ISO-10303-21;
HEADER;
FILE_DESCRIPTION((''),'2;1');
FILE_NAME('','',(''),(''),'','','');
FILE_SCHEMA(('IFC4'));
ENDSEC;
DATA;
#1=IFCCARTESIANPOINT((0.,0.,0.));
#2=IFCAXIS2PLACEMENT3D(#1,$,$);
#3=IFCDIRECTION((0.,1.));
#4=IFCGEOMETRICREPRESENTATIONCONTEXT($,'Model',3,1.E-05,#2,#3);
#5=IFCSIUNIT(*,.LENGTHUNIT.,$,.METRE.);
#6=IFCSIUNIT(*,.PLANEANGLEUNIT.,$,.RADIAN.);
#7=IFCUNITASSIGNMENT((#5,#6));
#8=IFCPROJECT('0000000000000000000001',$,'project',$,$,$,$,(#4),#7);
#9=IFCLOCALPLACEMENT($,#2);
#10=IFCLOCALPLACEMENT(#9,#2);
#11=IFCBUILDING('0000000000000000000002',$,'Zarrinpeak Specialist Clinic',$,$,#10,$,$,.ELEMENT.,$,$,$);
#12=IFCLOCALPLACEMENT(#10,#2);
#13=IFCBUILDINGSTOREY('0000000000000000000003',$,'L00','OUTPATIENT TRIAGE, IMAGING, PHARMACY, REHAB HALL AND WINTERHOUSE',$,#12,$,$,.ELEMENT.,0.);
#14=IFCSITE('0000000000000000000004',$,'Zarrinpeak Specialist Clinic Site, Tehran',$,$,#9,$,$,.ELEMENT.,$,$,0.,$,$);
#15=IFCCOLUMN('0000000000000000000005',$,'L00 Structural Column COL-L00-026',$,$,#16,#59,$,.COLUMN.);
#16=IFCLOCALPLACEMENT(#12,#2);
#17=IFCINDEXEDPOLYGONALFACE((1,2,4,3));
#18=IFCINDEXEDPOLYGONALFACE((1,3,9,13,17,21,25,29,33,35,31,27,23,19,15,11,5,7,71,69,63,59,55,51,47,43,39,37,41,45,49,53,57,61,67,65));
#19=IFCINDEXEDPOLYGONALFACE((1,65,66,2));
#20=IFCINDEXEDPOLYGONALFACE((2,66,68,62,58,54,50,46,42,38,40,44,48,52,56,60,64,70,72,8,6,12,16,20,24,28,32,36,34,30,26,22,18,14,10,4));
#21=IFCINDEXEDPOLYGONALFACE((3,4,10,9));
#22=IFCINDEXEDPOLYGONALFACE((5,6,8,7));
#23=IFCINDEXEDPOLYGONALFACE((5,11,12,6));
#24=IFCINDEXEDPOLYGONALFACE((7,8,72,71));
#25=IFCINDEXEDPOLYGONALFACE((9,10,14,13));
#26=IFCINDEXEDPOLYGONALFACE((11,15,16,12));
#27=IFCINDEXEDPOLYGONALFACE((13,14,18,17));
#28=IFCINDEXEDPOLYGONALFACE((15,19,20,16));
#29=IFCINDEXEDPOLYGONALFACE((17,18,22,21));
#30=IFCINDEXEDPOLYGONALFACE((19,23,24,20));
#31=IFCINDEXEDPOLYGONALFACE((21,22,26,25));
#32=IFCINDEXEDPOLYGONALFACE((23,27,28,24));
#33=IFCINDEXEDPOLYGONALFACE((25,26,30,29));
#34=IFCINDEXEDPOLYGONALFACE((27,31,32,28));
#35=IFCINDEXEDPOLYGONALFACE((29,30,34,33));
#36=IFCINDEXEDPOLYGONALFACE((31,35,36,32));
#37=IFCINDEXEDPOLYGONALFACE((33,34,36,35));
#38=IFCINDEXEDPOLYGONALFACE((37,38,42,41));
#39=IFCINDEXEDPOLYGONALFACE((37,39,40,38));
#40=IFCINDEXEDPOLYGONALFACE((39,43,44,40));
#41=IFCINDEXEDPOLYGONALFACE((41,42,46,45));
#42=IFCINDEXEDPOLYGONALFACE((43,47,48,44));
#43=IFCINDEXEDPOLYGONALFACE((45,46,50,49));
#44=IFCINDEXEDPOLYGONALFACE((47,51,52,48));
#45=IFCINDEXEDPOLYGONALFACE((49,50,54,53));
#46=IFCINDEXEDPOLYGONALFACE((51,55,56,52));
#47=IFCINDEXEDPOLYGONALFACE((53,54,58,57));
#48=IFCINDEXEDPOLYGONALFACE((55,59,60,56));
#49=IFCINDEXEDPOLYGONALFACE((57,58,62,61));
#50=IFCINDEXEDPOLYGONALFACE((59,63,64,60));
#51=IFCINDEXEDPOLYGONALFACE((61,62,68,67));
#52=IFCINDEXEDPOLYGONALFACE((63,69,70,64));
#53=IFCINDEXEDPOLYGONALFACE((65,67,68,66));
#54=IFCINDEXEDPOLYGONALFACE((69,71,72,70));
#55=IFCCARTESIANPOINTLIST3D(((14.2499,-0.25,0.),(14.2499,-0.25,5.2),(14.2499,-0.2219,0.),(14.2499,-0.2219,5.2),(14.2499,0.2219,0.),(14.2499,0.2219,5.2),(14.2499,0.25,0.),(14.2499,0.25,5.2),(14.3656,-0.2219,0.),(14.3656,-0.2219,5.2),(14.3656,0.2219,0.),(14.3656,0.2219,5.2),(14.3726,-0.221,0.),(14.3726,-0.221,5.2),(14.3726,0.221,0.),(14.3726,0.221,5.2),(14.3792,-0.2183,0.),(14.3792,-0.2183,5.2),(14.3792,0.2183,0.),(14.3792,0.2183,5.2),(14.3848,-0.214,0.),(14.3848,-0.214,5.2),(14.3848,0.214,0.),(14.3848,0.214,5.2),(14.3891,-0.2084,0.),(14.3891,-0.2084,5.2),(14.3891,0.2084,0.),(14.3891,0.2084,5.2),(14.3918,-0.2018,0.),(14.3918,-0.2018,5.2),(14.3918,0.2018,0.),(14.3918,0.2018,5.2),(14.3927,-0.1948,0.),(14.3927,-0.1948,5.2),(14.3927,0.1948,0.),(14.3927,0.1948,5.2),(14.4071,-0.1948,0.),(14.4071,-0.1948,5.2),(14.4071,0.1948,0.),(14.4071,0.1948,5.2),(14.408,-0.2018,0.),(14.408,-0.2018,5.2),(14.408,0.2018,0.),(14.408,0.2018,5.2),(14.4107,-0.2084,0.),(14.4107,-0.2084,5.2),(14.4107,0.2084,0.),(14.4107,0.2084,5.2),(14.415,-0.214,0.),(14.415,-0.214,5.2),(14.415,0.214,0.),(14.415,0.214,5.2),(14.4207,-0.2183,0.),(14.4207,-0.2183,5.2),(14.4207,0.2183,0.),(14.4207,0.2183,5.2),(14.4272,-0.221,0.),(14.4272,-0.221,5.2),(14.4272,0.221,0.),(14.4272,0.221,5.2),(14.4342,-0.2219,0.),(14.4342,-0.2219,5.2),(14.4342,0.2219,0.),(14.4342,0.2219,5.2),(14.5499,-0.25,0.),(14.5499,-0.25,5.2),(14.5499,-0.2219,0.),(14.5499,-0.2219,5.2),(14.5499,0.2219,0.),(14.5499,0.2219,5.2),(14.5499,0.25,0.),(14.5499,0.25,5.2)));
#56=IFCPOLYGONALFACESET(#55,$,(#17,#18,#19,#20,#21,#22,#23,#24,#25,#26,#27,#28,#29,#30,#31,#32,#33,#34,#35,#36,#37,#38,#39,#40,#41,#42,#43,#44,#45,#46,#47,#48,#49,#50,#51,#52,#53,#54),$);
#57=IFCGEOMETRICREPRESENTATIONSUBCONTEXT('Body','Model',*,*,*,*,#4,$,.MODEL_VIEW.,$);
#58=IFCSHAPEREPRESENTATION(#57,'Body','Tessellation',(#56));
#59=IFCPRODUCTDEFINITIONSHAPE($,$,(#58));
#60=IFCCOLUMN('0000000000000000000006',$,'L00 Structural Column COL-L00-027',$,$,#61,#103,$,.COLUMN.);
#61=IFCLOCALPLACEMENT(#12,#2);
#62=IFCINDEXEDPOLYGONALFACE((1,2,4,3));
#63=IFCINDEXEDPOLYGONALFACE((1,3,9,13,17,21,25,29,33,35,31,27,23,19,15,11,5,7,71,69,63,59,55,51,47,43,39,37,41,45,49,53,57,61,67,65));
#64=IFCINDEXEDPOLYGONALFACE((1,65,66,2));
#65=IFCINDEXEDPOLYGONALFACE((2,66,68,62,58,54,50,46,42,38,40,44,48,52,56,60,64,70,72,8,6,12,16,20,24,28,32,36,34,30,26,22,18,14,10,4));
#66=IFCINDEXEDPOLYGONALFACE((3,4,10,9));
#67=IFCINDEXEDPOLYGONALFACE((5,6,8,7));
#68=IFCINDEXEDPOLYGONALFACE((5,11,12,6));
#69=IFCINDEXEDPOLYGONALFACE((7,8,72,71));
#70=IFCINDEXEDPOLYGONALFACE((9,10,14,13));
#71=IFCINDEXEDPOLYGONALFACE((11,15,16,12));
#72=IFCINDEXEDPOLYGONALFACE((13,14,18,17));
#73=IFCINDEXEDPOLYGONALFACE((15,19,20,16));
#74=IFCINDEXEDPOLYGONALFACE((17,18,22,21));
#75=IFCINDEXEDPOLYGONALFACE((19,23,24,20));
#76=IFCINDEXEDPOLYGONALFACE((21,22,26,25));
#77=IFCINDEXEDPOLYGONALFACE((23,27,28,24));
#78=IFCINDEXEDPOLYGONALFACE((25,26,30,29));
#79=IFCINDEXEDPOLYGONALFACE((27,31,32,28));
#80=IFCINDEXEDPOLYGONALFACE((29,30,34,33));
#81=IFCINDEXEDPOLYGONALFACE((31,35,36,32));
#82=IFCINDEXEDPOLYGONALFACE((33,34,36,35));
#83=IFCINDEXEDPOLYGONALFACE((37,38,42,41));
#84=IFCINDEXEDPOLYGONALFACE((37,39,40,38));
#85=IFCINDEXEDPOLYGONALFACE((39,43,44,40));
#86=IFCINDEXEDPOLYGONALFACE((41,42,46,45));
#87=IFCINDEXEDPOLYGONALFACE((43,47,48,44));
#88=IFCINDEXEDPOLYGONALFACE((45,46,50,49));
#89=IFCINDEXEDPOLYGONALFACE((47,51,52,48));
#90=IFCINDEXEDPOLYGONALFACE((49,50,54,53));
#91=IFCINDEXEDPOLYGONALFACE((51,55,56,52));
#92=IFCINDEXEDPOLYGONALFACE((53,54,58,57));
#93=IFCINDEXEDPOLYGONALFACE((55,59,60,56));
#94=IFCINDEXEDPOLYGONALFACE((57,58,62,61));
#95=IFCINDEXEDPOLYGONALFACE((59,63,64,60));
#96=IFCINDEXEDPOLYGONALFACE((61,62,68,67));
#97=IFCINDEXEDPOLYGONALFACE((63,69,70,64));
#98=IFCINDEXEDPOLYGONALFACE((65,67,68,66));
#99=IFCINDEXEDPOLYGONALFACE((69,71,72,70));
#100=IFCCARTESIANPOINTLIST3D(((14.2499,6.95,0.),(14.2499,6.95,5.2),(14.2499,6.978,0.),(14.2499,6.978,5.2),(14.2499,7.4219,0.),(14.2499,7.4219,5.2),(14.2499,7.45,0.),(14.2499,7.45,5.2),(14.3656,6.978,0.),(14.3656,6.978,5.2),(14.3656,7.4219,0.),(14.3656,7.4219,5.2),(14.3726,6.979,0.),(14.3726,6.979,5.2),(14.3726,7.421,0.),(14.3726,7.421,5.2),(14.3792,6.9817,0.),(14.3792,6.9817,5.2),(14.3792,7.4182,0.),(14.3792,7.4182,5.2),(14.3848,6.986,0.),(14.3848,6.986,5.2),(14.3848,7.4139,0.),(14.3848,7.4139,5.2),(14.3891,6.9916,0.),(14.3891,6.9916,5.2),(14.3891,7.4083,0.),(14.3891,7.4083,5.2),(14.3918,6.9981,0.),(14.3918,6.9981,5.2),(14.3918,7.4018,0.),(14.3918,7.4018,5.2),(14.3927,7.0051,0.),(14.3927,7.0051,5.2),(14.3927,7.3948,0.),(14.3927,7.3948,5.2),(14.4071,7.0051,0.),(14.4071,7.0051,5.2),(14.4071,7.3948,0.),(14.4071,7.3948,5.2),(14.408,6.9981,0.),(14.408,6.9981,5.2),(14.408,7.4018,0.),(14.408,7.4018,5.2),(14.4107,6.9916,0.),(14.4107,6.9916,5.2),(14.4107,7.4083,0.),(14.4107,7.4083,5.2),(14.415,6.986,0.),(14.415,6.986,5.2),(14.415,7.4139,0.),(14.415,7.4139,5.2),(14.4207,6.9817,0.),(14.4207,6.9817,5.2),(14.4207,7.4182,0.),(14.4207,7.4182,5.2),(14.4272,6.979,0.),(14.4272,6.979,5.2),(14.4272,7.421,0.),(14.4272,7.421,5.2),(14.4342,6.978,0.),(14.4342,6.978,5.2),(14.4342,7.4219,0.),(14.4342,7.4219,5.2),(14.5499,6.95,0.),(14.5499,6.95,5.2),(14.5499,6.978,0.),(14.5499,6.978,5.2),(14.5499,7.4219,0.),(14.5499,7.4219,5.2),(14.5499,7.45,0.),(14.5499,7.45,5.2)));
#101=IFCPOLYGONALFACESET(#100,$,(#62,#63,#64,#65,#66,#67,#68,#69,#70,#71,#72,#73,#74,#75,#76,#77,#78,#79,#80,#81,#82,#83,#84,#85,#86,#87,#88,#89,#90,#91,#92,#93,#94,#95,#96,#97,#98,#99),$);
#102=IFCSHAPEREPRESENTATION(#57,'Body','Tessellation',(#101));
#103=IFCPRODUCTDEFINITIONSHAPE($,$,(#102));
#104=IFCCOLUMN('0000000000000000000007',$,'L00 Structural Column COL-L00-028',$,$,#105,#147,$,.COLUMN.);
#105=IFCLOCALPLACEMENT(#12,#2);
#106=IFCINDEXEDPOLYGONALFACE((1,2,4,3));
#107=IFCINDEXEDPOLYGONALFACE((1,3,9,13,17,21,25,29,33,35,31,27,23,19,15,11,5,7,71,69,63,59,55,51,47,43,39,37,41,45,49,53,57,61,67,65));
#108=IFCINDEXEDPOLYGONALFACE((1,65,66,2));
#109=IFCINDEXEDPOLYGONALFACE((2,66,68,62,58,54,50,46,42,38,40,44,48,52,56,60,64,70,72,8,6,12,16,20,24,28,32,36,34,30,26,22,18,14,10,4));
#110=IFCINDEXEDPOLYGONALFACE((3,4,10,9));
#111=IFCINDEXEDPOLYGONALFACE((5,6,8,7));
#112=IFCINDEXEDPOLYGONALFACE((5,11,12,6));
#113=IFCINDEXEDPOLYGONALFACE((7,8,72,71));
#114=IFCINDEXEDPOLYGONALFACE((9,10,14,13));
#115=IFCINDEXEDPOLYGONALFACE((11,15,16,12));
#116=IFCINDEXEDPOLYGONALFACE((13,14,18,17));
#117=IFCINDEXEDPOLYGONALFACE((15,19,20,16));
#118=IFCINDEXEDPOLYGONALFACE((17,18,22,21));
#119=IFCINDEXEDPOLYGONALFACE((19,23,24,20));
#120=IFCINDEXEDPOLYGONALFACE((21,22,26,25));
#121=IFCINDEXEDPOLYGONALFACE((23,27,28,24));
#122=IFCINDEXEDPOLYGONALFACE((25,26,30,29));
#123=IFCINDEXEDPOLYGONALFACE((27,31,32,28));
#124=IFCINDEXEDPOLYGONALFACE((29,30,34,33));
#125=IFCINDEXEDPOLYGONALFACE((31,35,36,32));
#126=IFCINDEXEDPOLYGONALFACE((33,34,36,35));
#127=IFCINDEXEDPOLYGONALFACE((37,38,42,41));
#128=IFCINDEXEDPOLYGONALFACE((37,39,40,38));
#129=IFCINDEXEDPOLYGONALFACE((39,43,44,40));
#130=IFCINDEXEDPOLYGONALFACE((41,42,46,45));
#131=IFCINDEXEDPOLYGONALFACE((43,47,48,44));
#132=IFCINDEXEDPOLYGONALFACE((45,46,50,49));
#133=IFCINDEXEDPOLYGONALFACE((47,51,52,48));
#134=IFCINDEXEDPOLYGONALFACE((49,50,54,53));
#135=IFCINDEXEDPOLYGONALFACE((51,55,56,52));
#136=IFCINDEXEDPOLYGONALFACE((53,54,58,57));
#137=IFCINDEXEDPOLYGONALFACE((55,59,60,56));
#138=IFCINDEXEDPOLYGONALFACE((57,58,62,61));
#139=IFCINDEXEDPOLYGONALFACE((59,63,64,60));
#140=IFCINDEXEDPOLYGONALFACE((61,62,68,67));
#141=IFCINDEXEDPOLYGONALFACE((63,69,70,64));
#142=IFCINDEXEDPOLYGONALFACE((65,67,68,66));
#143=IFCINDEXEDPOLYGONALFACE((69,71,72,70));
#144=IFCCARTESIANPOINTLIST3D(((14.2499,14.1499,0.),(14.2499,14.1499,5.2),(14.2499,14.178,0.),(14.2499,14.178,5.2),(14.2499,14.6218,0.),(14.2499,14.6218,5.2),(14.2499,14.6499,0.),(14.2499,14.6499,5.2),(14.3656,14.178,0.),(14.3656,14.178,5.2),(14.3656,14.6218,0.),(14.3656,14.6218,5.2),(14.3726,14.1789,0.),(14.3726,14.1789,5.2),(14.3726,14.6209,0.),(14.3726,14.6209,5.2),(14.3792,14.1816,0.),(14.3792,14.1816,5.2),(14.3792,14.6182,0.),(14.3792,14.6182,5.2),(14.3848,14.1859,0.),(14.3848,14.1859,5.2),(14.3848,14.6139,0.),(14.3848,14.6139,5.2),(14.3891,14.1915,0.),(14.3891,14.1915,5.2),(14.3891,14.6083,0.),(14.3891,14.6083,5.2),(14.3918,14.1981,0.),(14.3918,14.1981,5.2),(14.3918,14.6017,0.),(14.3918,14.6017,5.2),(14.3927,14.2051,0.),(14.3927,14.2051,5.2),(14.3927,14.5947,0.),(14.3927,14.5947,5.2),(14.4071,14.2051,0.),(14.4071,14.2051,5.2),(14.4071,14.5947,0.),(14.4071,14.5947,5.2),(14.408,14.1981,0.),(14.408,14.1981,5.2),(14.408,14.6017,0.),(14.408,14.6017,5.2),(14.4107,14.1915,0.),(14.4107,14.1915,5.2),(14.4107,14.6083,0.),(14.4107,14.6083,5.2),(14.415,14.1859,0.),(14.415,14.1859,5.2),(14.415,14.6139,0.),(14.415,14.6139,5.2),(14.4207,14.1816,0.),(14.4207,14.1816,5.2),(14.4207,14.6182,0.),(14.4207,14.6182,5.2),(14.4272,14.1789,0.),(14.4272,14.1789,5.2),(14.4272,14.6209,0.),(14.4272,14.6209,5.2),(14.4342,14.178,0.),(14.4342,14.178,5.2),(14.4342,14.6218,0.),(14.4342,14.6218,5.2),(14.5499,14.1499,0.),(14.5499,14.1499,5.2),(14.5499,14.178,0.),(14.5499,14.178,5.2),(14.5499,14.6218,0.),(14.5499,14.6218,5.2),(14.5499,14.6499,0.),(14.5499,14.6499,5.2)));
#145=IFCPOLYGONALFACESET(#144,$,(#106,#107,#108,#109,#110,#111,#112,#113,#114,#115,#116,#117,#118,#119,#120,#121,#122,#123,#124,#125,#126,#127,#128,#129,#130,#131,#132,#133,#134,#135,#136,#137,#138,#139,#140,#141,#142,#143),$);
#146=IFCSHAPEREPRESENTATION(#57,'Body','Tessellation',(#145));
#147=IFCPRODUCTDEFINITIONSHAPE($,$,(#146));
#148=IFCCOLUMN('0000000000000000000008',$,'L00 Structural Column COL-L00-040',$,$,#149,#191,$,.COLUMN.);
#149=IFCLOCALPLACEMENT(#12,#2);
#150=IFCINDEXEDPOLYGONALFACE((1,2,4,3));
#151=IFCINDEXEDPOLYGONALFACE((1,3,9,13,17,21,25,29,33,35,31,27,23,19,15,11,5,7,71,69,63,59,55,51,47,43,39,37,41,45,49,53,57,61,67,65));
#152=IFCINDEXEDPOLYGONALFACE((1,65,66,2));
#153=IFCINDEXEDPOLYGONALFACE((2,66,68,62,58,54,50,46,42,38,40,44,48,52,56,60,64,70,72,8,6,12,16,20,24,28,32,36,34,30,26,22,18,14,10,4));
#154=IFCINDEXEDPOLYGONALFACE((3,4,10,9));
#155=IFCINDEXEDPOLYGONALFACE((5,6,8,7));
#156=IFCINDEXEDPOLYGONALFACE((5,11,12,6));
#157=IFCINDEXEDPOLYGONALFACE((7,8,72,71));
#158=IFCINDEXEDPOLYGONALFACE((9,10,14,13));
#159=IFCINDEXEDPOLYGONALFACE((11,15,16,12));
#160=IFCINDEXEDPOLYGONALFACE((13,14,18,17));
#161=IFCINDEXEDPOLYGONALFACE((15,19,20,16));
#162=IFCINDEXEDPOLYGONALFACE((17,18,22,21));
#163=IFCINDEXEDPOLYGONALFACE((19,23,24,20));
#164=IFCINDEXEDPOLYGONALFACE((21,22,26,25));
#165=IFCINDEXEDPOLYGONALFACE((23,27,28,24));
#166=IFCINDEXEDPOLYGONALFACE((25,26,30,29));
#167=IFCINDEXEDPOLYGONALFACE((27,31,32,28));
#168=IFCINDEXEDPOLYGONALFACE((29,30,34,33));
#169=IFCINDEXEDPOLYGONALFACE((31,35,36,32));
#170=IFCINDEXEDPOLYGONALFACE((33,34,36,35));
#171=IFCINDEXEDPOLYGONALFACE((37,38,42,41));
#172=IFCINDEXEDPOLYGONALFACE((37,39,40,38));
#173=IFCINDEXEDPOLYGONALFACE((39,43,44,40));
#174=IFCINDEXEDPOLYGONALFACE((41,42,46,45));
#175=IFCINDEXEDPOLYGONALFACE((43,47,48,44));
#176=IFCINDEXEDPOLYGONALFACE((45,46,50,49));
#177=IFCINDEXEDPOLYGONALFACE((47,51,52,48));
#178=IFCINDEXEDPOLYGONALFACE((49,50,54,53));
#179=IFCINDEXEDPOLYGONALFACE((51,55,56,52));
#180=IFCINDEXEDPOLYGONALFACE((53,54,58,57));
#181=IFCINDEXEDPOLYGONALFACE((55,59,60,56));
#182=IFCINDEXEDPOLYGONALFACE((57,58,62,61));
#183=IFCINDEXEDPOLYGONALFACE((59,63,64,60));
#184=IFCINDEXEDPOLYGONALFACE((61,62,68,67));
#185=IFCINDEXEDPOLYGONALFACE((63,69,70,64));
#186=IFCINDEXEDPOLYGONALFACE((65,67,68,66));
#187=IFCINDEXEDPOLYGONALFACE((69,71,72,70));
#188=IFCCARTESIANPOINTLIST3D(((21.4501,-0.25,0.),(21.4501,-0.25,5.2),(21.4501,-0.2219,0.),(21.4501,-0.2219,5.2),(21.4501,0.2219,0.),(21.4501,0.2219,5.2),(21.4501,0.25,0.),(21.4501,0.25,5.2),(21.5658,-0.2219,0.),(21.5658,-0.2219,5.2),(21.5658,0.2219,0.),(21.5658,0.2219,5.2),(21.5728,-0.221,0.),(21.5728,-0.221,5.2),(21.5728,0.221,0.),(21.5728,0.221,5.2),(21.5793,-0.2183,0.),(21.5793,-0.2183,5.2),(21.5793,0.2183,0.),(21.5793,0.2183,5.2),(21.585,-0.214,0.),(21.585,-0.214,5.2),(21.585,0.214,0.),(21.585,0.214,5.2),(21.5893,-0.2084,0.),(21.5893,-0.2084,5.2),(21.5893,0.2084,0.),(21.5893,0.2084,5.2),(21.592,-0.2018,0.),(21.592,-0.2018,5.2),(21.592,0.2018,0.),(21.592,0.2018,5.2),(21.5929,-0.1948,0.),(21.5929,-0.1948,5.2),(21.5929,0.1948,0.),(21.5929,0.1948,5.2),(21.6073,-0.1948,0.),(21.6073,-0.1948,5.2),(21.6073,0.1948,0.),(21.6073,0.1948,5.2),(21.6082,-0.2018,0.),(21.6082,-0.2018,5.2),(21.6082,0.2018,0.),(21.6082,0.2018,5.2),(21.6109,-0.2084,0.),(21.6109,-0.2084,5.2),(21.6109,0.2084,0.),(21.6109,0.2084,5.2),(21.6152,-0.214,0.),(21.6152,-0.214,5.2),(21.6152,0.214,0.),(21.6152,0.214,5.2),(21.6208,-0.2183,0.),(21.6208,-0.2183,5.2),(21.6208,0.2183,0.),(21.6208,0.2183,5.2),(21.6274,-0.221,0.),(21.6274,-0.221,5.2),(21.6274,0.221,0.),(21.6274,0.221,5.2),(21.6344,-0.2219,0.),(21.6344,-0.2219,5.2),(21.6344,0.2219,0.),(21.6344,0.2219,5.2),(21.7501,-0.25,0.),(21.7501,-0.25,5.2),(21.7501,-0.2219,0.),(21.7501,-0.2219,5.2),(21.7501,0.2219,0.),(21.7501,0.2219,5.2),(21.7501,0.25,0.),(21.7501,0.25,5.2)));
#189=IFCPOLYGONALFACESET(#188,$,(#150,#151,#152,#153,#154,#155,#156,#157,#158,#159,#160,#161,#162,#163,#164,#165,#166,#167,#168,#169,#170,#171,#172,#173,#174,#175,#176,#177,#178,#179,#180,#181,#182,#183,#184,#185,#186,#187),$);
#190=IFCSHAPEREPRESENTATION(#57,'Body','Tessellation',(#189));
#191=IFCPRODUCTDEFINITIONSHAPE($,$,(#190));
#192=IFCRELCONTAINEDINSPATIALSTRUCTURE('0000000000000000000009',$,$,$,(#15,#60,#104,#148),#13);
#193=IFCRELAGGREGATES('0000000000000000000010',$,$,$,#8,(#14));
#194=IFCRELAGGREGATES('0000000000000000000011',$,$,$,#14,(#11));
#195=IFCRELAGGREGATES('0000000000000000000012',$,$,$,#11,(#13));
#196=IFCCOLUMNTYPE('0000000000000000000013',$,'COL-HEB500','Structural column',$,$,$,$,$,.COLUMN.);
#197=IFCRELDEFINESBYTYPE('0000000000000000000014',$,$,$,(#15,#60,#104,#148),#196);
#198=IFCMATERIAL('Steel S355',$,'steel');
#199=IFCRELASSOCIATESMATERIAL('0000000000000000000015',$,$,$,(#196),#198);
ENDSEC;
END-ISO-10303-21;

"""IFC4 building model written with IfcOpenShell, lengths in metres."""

from ifc_helpers import new_model, si_unit, direction, frame, origin, origin_2d, place, context, subcontext, project, spatial, i_section, extrude, material, material_profile, profile_set, type_object, element, save


model = new_model("IFC4")

# Units and contexts
model_context = context("Model", 3, precision=1e-05, world=origin(), true_north=direction((0.0, 1.0)))
body_context = subcontext(model_context, "Body", "Model", "MODEL_VIEW")
ifc_project = project(units=[si_unit("LENGTHUNIT", "METRE"), si_unit("PLANEANGLEUNIT", "RADIAN")], contexts=[model_context])

# Site, building, storey
site_placement = place(None, origin())
site = spatial("IfcSite", under=ifc_project, at=site_placement, Name="Zarrinpeak Specialist Clinic Site, Tehran", CompositionType="ELEMENT", RefElevation=0.0)
building_placement = place(site_placement, origin())
building = spatial("IfcBuilding", under=site, at=building_placement, Name="Zarrinpeak Specialist Clinic", CompositionType="ELEMENT")
storey_placement = place(building_placement, origin())
storey = spatial("IfcBuildingStorey", under=building, at=storey_placement, Name="L00", Description="OUTPATIENT TRIAGE, IMAGING, PHARMACY, REHAB HALL AND WINTERHOUSE", CompositionType="ELEMENT", Elevation=0.0)

# Columns
ifc_material_1 = material(Name="Steel S355", Category="steel")
ifc_material_profile_1 = material_profile(ifc_material_1, i_section(OverallWidth=0.3, OverallDepth=0.5, WebThickness=0.0144, FlangeThickness=0.0281, FilletRadius=0.0271, at=origin_2d()), Name="HEB 500")
ifc_profile_set_1 = profile_set([ifc_material_profile_1], Name="Steel S355")
column_type = type_object("IfcColumnType", Name="COL-HEB500", Description="Structural column", PredefinedType="COLUMN", material=ifc_profile_set_1)
for number, where, z_axis, x_axis, name in (
    (1, (14.3999, 0.0, 0.0), (0.0, 0.0, 1.0), (1.0, 0.0, 0.0), "L00 Structural Column COL-L00-026"),
    (2, (14.3999, 7.2, 0.0), (0.0, 0.0, 1.0), (1.0, 0.0, 0.0), "L00 Structural Column COL-L00-027"),
    (3, (14.3999, 14.3999, 0.0), (0.0, 0.0, 1.0), (1.0, 0.0, 0.0), "L00 Structural Column COL-L00-028"),
    (4, (21.6001, 0.0, 0.0), (0.0, 0.0, 1.0), (1.0, 0.0, 0.0), "L00 Structural Column COL-L00-040"),
):
    element("IfcColumn", number, at=place(storey_placement, frame(where, z_axis=z_axis, x_axis=x_axis)), inside=storey, type_object=column_type, Name=name, PredefinedType="COLUMN", context=body_context, shape_type="SweptSolid", body=[
        extrude(i_section(OverallWidth=0.3, OverallDepth=0.5, WebThickness=0.0144, FlangeThickness=0.0281, FilletRadius=0.0271, at=origin_2d()), origin(), (0.0, 0.0, 1.0), 5.2),
    ])

save(model, "model.ifc")
